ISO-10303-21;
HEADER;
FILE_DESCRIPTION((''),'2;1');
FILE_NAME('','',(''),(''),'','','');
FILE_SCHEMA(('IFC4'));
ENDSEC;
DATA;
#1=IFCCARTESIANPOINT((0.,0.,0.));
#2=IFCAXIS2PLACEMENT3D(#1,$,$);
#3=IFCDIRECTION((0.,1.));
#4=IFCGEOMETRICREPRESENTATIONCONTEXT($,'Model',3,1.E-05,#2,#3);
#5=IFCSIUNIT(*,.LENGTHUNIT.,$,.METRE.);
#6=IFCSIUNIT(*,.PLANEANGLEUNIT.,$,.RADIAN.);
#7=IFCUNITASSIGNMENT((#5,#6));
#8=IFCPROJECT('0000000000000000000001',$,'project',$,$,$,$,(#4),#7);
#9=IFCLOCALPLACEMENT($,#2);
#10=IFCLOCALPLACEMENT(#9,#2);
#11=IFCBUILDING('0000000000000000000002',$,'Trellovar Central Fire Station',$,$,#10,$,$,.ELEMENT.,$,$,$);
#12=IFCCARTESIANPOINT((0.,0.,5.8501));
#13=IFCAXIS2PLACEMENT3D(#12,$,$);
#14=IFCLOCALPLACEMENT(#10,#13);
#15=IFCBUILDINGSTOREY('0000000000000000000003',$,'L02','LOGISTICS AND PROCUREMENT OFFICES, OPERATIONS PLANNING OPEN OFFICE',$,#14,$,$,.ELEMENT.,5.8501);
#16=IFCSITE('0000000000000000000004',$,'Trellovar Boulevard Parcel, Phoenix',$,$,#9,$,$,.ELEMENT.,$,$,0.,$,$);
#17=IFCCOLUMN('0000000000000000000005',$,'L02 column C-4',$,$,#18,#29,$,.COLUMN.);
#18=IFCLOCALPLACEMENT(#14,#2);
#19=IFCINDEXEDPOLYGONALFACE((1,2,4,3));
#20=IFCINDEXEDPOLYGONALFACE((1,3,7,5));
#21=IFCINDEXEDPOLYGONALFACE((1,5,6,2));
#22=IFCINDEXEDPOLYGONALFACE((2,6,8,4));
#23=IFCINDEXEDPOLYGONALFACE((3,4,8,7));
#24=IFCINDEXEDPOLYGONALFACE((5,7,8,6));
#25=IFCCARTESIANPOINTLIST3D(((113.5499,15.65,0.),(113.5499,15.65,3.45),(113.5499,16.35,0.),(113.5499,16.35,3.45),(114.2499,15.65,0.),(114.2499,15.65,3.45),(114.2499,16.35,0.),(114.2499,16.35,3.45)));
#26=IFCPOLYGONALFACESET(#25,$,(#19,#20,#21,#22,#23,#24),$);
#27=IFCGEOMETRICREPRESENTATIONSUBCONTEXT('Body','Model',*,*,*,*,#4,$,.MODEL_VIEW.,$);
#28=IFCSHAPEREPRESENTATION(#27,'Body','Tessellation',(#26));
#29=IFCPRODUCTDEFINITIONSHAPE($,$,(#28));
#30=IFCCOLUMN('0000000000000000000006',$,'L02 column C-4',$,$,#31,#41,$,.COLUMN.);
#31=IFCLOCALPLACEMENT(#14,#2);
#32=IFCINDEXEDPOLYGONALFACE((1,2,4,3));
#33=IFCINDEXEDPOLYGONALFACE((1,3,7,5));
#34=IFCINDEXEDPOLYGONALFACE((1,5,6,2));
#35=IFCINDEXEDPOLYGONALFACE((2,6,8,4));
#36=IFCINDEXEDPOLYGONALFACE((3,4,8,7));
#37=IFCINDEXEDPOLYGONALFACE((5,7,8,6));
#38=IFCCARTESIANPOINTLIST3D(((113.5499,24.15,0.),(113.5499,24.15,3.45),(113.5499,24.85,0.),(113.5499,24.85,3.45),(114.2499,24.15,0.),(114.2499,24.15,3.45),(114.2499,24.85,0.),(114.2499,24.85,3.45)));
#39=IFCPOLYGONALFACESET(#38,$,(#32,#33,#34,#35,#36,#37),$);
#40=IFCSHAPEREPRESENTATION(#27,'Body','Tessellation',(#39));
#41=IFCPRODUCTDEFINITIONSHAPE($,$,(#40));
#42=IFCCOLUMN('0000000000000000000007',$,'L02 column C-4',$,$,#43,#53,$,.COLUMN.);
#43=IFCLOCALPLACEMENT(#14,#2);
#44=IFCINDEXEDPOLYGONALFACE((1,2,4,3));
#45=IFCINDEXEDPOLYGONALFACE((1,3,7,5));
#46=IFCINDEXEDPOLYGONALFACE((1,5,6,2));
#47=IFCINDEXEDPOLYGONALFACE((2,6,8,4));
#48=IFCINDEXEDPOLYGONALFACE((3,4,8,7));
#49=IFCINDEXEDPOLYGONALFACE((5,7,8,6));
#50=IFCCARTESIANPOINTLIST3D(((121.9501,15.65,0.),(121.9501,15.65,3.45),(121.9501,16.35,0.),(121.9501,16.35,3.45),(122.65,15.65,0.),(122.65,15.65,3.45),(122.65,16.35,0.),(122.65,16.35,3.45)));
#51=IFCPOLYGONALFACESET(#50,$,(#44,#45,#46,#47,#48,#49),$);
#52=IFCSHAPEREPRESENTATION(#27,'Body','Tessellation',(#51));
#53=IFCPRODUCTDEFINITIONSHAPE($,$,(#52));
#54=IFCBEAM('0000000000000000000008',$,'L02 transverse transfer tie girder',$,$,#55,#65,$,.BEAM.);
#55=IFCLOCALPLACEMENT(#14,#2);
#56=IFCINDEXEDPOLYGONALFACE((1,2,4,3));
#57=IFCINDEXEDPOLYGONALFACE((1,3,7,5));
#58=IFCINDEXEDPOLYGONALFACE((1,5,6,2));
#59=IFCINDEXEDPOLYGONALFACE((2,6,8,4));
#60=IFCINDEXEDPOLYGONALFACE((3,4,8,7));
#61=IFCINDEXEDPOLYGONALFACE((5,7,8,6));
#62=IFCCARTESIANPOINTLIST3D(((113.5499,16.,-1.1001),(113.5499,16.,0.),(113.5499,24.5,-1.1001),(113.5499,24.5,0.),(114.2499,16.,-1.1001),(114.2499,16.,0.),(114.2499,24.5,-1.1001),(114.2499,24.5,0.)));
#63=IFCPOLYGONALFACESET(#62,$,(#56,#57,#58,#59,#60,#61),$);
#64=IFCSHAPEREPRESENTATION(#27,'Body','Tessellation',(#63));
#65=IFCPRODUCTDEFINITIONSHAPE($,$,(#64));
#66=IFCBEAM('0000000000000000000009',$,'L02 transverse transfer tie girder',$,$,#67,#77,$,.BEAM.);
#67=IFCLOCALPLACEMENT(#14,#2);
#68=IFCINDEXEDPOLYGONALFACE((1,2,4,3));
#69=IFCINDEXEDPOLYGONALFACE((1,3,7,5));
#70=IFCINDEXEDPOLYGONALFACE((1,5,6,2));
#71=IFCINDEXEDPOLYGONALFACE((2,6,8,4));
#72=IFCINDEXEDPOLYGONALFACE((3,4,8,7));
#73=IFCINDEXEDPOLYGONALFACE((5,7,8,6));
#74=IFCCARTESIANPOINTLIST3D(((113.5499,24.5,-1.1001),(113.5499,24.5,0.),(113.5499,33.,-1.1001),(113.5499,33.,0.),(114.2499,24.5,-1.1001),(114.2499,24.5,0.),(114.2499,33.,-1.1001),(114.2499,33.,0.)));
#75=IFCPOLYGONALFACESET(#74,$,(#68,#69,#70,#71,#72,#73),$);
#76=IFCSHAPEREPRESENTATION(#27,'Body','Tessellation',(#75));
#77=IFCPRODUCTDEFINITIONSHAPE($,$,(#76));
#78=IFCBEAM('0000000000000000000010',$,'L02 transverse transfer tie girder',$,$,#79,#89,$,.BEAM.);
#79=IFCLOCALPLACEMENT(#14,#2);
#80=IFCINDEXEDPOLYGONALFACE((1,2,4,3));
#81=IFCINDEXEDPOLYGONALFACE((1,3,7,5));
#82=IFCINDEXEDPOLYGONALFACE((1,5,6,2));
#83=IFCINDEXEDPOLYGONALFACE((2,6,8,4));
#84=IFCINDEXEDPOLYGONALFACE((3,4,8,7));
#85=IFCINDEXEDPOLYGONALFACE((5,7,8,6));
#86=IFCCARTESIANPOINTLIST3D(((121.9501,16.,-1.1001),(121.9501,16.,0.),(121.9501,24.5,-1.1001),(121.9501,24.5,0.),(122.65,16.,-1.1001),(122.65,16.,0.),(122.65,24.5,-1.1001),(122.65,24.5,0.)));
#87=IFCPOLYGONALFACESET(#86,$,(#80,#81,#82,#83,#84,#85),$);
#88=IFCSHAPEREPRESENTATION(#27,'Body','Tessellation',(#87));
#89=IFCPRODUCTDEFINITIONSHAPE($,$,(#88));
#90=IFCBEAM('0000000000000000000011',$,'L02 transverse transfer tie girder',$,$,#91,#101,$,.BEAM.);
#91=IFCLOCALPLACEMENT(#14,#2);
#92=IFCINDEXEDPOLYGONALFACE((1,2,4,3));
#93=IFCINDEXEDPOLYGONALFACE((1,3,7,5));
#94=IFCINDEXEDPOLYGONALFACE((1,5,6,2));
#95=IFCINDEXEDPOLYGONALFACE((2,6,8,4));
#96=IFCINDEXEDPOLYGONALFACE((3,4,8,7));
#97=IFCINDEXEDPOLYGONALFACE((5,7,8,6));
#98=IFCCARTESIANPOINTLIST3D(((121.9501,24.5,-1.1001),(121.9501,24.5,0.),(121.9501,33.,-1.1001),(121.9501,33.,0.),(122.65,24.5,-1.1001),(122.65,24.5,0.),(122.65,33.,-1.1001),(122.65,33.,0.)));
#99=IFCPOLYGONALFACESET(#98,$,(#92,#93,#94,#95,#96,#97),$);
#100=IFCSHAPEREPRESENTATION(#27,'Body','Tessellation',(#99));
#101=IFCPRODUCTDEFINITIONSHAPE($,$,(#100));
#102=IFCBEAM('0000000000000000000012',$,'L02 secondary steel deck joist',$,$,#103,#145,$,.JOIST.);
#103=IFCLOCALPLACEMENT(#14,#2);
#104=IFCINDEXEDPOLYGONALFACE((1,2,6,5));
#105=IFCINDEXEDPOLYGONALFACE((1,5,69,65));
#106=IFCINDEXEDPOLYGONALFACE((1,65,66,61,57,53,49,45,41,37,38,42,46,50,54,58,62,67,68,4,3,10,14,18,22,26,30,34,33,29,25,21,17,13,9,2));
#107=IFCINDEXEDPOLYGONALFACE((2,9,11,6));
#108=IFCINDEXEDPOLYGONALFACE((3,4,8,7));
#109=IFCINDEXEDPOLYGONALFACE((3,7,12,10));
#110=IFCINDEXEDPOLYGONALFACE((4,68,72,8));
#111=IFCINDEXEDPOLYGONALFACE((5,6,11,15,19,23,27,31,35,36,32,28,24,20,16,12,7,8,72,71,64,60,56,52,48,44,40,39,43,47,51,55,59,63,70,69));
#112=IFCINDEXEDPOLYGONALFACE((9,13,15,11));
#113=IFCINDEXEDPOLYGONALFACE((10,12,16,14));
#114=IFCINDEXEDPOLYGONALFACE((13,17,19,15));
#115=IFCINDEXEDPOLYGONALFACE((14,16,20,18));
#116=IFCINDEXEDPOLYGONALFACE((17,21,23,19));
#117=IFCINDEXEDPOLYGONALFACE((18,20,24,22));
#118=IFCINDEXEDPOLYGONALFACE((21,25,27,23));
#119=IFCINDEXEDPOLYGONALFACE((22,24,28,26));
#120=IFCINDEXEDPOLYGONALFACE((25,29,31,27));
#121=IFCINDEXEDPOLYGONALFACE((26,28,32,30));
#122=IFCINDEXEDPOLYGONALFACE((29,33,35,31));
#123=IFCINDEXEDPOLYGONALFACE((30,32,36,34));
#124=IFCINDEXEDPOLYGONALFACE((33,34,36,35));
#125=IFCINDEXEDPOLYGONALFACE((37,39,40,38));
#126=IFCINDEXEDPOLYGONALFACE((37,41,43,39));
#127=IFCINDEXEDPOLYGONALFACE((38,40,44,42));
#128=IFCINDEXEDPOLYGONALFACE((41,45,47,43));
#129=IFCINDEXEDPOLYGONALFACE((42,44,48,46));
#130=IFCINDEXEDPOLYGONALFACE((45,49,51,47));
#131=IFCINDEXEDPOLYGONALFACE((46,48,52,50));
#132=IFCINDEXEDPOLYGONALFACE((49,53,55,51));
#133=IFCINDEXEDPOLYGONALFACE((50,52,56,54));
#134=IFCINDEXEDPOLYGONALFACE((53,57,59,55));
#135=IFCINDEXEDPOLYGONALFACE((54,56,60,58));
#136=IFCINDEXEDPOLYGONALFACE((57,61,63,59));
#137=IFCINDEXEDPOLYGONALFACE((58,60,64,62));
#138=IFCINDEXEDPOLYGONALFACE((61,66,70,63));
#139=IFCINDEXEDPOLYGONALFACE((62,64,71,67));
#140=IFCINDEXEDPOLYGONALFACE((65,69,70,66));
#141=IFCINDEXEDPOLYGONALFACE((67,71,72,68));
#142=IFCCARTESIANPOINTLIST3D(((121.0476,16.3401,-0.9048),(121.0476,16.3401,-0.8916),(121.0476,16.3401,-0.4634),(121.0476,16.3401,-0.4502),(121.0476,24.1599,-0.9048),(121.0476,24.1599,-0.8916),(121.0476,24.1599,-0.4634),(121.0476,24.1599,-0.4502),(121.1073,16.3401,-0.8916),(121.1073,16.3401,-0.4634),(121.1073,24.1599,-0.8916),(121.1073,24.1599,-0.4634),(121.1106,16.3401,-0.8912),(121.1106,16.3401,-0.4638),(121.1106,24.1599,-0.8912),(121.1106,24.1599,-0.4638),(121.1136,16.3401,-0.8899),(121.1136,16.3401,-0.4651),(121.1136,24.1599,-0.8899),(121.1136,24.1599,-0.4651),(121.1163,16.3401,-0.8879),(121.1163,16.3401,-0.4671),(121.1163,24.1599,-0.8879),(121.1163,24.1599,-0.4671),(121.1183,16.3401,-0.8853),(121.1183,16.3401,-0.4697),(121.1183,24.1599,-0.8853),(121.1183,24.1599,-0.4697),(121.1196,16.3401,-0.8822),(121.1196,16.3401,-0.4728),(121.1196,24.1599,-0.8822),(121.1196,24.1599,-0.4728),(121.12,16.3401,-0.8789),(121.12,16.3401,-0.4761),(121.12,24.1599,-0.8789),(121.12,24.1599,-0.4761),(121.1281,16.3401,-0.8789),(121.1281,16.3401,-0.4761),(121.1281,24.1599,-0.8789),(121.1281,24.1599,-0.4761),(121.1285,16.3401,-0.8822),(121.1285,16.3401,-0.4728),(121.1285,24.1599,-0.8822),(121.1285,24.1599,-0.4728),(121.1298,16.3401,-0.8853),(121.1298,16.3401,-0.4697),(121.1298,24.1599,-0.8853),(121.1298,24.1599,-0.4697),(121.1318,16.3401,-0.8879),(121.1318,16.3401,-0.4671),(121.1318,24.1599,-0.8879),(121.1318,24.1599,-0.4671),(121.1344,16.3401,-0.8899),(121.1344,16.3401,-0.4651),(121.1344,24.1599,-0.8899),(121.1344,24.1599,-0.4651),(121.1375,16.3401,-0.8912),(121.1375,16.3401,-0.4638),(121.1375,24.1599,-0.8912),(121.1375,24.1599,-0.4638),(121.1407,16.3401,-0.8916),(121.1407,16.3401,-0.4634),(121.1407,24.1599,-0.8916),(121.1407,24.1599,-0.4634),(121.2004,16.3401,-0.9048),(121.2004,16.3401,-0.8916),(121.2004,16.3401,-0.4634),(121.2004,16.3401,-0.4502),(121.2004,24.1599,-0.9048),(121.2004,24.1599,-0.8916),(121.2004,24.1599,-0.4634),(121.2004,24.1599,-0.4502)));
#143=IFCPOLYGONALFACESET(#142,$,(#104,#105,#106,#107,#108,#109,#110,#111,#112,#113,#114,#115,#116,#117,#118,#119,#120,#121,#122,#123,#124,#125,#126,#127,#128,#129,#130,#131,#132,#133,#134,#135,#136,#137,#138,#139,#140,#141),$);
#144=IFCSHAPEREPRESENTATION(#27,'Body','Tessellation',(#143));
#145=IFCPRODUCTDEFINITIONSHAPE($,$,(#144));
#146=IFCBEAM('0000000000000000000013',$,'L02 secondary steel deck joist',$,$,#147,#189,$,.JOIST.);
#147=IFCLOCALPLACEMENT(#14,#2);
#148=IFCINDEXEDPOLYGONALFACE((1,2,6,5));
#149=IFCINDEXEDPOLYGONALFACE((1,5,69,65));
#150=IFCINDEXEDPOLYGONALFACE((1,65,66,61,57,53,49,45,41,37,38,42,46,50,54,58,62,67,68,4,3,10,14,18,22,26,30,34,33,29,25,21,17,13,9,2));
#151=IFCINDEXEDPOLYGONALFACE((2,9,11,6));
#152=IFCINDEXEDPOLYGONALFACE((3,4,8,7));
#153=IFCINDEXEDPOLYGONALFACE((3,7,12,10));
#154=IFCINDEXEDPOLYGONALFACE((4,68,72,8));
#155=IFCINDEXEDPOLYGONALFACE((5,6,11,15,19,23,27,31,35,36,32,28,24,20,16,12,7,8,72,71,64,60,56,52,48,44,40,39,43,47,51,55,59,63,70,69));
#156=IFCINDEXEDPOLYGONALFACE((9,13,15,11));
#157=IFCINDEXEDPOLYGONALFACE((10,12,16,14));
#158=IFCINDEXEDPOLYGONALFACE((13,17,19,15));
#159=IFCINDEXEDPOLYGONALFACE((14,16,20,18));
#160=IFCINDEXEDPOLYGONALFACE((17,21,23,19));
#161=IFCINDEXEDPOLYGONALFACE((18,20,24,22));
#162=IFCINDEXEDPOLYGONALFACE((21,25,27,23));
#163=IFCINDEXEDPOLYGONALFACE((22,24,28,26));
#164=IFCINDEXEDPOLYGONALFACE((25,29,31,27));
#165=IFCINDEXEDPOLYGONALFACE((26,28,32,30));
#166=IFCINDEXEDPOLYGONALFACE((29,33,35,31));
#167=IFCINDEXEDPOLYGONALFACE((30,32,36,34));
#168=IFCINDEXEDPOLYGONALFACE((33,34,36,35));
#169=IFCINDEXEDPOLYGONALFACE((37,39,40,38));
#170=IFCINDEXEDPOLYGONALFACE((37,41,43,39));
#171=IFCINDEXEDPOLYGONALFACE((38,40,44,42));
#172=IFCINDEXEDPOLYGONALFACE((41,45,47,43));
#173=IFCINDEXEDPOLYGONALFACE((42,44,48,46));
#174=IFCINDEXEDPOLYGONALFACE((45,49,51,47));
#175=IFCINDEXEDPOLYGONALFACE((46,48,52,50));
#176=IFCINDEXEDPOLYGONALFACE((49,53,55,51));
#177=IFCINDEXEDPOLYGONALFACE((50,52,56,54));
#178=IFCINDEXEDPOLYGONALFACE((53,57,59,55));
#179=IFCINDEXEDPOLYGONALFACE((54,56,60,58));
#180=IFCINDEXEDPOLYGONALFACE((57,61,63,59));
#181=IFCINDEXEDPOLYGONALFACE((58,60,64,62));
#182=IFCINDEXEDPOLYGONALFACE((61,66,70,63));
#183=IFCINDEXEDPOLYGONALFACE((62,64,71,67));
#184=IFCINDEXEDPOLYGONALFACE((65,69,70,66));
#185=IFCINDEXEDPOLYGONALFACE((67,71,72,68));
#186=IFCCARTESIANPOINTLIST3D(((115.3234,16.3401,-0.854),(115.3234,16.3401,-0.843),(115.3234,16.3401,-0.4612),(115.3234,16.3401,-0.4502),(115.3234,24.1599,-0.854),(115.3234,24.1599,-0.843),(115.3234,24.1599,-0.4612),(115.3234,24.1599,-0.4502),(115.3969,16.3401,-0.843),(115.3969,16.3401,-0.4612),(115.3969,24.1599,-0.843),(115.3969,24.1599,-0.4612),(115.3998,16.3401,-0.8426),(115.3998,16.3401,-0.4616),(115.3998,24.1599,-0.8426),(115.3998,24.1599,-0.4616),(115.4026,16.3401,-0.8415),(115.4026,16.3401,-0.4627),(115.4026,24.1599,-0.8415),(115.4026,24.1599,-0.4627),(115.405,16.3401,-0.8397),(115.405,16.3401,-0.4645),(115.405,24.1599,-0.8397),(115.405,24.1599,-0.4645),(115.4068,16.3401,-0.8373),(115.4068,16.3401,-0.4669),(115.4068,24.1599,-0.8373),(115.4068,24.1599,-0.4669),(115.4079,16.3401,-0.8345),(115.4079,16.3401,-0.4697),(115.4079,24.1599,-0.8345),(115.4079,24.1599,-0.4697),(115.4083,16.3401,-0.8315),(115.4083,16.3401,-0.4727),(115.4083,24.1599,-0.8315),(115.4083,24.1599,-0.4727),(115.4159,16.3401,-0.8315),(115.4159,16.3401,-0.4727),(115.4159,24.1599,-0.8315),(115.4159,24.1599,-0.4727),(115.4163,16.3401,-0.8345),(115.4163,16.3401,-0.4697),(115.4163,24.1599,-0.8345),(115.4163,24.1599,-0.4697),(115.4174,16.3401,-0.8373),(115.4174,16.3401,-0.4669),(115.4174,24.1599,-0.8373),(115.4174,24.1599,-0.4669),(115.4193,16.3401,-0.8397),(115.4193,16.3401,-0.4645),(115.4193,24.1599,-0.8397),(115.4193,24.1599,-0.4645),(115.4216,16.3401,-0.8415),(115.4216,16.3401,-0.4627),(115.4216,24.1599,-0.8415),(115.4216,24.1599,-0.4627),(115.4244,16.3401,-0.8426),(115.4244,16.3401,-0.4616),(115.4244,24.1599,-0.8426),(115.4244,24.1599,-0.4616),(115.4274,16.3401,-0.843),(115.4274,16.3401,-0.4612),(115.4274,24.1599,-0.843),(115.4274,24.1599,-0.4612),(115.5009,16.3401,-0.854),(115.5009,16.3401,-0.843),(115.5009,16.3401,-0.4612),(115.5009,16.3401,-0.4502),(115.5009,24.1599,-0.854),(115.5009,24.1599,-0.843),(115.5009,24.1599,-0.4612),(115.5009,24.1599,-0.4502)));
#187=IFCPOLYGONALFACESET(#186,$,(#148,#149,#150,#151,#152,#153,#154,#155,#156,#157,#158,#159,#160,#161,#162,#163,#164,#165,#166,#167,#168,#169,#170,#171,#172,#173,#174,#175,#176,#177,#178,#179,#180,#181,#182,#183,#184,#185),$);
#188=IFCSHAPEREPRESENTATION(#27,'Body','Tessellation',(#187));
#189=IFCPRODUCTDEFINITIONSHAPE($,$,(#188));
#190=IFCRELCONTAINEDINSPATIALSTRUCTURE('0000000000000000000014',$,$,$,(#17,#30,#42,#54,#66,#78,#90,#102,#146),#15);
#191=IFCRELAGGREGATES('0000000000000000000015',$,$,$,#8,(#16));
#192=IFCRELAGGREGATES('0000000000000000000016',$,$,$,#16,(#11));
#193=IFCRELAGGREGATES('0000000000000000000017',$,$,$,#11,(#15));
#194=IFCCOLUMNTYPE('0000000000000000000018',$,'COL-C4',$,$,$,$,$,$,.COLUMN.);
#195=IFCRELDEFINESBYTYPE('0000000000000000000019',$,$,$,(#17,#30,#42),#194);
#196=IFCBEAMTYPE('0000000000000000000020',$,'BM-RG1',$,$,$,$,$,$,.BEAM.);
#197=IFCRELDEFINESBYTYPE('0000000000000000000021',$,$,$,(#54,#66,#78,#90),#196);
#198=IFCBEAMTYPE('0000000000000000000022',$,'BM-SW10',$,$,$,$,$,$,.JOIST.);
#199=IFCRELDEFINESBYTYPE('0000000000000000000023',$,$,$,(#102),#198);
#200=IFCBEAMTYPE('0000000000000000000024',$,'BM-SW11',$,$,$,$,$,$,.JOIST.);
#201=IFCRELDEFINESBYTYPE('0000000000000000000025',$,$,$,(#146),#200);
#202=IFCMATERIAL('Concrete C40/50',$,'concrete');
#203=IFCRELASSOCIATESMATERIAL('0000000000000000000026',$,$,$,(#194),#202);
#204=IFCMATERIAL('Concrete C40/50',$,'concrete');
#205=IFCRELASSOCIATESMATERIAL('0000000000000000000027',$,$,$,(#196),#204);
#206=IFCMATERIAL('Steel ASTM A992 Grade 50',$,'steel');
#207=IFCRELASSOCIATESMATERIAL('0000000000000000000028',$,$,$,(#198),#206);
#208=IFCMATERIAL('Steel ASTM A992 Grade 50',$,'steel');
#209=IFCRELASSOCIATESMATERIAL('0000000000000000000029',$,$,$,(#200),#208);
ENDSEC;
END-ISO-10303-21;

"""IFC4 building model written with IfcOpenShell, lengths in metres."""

from ifc_helpers import new_model, si_unit, direction, frame, origin, origin_2d, place, context, subcontext, project, spatial, rectangle, i_section, extrude, material, material_profile, profile_set, type_object, element, save


model = new_model("IFC4")

# Units and contexts
model_context = context("Model", 3, precision=1e-05, world=origin(), true_north=direction((0.0, 1.0)))
body_context = subcontext(model_context, "Body", "Model", "MODEL_VIEW")
ifc_project = project(units=[si_unit("LENGTHUNIT", "METRE"), si_unit("PLANEANGLEUNIT", "RADIAN")], contexts=[model_context])

# Site, building, storey
site_placement = place(None, origin())
site = spatial("IfcSite", under=ifc_project, at=site_placement, Name="Trellovar Boulevard Parcel, Phoenix", CompositionType="ELEMENT", RefElevation=0.0)
building_placement = place(site_placement, origin())
building = spatial("IfcBuilding", under=site, at=building_placement, Name="Trellovar Central Fire Station", CompositionType="ELEMENT")
storey_placement = place(building_placement, frame((0.0, 0.0, 5.8501)))
storey = spatial("IfcBuildingStorey", under=building, at=storey_placement, Name="L02", Description="LOGISTICS AND PROCUREMENT OFFICES, OPERATIONS PLANNING OPEN OFFICE", CompositionType="ELEMENT", Elevation=5.8501)

# Columns
ifc_material_1 = material(Name="Concrete C40/50", Category="concrete")
ifc_material_profile_1 = material_profile(ifc_material_1, rectangle(XDim=0.7, YDim=0.7, at=origin_2d()), Name="RC700X700")
ifc_profile_set_1 = profile_set([ifc_material_profile_1], Name="Concrete C40/50")
column_type = type_object("IfcColumnType", Name="COL-C4", PredefinedType="COLUMN", material=ifc_profile_set_1)
for number, where, z_axis, x_axis, name in (
    (1, (113.8999, 16.0, 0.0), (0.0, 0.0, 1.0), (1.0, 0.0, 0.0), "L02 column C-4"),
    (2, (113.8999, 24.5, 0.0), (0.0, 0.0, 1.0), (1.0, 0.0, 0.0), "L02 column C-4"),
    (3, (122.3, 16.0, 0.0), (0.0, 0.0, 1.0), (1.0, 0.0, 0.0), "L02 column C-4"),
):
    element("IfcColumn", number, at=place(storey_placement, frame(where, z_axis=z_axis, x_axis=x_axis)), inside=storey, type_object=column_type, Name=name, PredefinedType="COLUMN", context=body_context, shape_type="SweptSolid", body=[
        extrude(rectangle(XDim=0.7, YDim=0.7, at=origin_2d()), origin(), (0.0, 0.0, 1.0), 3.45),
    ])

# Beams
ifc_material_2 = material(Name="Concrete C40/50", Category="concrete")
ifc_material_profile_2 = material_profile(ifc_material_2, rectangle(XDim=0.7, YDim=1.1001, at=origin_2d()), Name="RC700X1100")
ifc_profile_set_2 = profile_set([ifc_material_profile_2], Name="Concrete C40/50")
beam_type_1 = type_object("IfcBeamType", Name="BM-RG1", PredefinedType="BEAM", material=ifc_profile_set_2)
for number, where, z_axis, x_axis, name in (
    (4, (113.8999, 16.0, -0.55), (0.0, 1.0, 0.0), (-1.0, 0.0, 0.0), "L02 transverse transfer tie girder"),
    (5, (113.8999, 24.5, -0.55), (0.0, 1.0, 0.0), (-1.0, 0.0, 0.0), "L02 transverse transfer tie girder"),
    (6, (122.3, 16.0, -0.55), (0.0, 1.0, 0.0), (-1.0, 0.0, 0.0), "L02 transverse transfer tie girder"),
    (7, (122.3, 24.5, -0.55), (0.0, 1.0, 0.0), (-1.0, 0.0, 0.0), "L02 transverse transfer tie girder"),
):
    element("IfcBeam", number, at=place(storey_placement, frame(where, z_axis=z_axis, x_axis=x_axis)), inside=storey, type_object=beam_type_1, Name=name, PredefinedType="BEAM", context=body_context, shape_type="SweptSolid", body=[
        extrude(rectangle(XDim=0.7, YDim=1.1001, at=origin_2d()), origin(), (0.0, 0.0, 1.0), 8.5),
    ])
ifc_material_3 = material(Name="Steel ASTM A992 Grade 50", Category="steel")
ifc_material_profile_3 = material_profile(ifc_material_3, i_section(OverallWidth=0.1528, OverallDepth=0.4546, WebThickness=0.0081, FlangeThickness=0.0132, FilletRadius=0.0127, at=origin_2d()), Name="W18X40")
ifc_profile_set_3 = profile_set([ifc_material_profile_3], Name="Steel ASTM A992 Grade 50")
beam_type_2 = type_object("IfcBeamType", Name="BM-SW10", PredefinedType="JOIST", material=ifc_profile_set_3)
beam_1_placement = place(storey_placement, frame((121.124, 16.3401, -0.6775), z_axis=(0.0, 1.0, 0.0), x_axis=(-1.0, 0.0, 0.0)))
element("IfcBeam", 8, at=beam_1_placement, inside=storey, type_object=beam_type_2, Name="L02 secondary steel deck joist", PredefinedType="JOIST", context=body_context, shape_type="SweptSolid", body=[
    extrude(i_section(OverallWidth=0.1528, OverallDepth=0.4546, WebThickness=0.0081, FlangeThickness=0.0132, FilletRadius=0.0127, at=origin_2d()), origin(), (0.0, 0.0, 1.0), 7.8198),
])
ifc_material_4 = material(Name="Steel ASTM A992 Grade 50", Category="steel")
ifc_material_profile_4 = material_profile(ifc_material_4, i_section(OverallWidth=0.1775, OverallDepth=0.4038, WebThickness=0.0076, FlangeThickness=0.011, FilletRadius=0.0115, at=origin_2d()), Name="W16X36")
ifc_profile_set_4 = profile_set([ifc_material_profile_4], Name="Steel ASTM A992 Grade 50")
beam_type_3 = type_object("IfcBeamType", Name="BM-SW11", PredefinedType="JOIST", material=ifc_profile_set_4)
beam_2_placement = place(storey_placement, frame((115.4121, 16.3401, -0.6521), z_axis=(0.0, 1.0, 0.0), x_axis=(-1.0, 0.0, 0.0)))
element("IfcBeam", 9, at=beam_2_placement, inside=storey, type_object=beam_type_3, Name="L02 secondary steel deck joist", PredefinedType="JOIST", context=body_context, shape_type="SweptSolid", body=[
    extrude(i_section(OverallWidth=0.1775, OverallDepth=0.4038, WebThickness=0.0076, FlangeThickness=0.011, FilletRadius=0.0115, at=origin_2d()), origin(), (0.0, 0.0, 1.0), 7.8198),
])

save(model, "model.ifc")
